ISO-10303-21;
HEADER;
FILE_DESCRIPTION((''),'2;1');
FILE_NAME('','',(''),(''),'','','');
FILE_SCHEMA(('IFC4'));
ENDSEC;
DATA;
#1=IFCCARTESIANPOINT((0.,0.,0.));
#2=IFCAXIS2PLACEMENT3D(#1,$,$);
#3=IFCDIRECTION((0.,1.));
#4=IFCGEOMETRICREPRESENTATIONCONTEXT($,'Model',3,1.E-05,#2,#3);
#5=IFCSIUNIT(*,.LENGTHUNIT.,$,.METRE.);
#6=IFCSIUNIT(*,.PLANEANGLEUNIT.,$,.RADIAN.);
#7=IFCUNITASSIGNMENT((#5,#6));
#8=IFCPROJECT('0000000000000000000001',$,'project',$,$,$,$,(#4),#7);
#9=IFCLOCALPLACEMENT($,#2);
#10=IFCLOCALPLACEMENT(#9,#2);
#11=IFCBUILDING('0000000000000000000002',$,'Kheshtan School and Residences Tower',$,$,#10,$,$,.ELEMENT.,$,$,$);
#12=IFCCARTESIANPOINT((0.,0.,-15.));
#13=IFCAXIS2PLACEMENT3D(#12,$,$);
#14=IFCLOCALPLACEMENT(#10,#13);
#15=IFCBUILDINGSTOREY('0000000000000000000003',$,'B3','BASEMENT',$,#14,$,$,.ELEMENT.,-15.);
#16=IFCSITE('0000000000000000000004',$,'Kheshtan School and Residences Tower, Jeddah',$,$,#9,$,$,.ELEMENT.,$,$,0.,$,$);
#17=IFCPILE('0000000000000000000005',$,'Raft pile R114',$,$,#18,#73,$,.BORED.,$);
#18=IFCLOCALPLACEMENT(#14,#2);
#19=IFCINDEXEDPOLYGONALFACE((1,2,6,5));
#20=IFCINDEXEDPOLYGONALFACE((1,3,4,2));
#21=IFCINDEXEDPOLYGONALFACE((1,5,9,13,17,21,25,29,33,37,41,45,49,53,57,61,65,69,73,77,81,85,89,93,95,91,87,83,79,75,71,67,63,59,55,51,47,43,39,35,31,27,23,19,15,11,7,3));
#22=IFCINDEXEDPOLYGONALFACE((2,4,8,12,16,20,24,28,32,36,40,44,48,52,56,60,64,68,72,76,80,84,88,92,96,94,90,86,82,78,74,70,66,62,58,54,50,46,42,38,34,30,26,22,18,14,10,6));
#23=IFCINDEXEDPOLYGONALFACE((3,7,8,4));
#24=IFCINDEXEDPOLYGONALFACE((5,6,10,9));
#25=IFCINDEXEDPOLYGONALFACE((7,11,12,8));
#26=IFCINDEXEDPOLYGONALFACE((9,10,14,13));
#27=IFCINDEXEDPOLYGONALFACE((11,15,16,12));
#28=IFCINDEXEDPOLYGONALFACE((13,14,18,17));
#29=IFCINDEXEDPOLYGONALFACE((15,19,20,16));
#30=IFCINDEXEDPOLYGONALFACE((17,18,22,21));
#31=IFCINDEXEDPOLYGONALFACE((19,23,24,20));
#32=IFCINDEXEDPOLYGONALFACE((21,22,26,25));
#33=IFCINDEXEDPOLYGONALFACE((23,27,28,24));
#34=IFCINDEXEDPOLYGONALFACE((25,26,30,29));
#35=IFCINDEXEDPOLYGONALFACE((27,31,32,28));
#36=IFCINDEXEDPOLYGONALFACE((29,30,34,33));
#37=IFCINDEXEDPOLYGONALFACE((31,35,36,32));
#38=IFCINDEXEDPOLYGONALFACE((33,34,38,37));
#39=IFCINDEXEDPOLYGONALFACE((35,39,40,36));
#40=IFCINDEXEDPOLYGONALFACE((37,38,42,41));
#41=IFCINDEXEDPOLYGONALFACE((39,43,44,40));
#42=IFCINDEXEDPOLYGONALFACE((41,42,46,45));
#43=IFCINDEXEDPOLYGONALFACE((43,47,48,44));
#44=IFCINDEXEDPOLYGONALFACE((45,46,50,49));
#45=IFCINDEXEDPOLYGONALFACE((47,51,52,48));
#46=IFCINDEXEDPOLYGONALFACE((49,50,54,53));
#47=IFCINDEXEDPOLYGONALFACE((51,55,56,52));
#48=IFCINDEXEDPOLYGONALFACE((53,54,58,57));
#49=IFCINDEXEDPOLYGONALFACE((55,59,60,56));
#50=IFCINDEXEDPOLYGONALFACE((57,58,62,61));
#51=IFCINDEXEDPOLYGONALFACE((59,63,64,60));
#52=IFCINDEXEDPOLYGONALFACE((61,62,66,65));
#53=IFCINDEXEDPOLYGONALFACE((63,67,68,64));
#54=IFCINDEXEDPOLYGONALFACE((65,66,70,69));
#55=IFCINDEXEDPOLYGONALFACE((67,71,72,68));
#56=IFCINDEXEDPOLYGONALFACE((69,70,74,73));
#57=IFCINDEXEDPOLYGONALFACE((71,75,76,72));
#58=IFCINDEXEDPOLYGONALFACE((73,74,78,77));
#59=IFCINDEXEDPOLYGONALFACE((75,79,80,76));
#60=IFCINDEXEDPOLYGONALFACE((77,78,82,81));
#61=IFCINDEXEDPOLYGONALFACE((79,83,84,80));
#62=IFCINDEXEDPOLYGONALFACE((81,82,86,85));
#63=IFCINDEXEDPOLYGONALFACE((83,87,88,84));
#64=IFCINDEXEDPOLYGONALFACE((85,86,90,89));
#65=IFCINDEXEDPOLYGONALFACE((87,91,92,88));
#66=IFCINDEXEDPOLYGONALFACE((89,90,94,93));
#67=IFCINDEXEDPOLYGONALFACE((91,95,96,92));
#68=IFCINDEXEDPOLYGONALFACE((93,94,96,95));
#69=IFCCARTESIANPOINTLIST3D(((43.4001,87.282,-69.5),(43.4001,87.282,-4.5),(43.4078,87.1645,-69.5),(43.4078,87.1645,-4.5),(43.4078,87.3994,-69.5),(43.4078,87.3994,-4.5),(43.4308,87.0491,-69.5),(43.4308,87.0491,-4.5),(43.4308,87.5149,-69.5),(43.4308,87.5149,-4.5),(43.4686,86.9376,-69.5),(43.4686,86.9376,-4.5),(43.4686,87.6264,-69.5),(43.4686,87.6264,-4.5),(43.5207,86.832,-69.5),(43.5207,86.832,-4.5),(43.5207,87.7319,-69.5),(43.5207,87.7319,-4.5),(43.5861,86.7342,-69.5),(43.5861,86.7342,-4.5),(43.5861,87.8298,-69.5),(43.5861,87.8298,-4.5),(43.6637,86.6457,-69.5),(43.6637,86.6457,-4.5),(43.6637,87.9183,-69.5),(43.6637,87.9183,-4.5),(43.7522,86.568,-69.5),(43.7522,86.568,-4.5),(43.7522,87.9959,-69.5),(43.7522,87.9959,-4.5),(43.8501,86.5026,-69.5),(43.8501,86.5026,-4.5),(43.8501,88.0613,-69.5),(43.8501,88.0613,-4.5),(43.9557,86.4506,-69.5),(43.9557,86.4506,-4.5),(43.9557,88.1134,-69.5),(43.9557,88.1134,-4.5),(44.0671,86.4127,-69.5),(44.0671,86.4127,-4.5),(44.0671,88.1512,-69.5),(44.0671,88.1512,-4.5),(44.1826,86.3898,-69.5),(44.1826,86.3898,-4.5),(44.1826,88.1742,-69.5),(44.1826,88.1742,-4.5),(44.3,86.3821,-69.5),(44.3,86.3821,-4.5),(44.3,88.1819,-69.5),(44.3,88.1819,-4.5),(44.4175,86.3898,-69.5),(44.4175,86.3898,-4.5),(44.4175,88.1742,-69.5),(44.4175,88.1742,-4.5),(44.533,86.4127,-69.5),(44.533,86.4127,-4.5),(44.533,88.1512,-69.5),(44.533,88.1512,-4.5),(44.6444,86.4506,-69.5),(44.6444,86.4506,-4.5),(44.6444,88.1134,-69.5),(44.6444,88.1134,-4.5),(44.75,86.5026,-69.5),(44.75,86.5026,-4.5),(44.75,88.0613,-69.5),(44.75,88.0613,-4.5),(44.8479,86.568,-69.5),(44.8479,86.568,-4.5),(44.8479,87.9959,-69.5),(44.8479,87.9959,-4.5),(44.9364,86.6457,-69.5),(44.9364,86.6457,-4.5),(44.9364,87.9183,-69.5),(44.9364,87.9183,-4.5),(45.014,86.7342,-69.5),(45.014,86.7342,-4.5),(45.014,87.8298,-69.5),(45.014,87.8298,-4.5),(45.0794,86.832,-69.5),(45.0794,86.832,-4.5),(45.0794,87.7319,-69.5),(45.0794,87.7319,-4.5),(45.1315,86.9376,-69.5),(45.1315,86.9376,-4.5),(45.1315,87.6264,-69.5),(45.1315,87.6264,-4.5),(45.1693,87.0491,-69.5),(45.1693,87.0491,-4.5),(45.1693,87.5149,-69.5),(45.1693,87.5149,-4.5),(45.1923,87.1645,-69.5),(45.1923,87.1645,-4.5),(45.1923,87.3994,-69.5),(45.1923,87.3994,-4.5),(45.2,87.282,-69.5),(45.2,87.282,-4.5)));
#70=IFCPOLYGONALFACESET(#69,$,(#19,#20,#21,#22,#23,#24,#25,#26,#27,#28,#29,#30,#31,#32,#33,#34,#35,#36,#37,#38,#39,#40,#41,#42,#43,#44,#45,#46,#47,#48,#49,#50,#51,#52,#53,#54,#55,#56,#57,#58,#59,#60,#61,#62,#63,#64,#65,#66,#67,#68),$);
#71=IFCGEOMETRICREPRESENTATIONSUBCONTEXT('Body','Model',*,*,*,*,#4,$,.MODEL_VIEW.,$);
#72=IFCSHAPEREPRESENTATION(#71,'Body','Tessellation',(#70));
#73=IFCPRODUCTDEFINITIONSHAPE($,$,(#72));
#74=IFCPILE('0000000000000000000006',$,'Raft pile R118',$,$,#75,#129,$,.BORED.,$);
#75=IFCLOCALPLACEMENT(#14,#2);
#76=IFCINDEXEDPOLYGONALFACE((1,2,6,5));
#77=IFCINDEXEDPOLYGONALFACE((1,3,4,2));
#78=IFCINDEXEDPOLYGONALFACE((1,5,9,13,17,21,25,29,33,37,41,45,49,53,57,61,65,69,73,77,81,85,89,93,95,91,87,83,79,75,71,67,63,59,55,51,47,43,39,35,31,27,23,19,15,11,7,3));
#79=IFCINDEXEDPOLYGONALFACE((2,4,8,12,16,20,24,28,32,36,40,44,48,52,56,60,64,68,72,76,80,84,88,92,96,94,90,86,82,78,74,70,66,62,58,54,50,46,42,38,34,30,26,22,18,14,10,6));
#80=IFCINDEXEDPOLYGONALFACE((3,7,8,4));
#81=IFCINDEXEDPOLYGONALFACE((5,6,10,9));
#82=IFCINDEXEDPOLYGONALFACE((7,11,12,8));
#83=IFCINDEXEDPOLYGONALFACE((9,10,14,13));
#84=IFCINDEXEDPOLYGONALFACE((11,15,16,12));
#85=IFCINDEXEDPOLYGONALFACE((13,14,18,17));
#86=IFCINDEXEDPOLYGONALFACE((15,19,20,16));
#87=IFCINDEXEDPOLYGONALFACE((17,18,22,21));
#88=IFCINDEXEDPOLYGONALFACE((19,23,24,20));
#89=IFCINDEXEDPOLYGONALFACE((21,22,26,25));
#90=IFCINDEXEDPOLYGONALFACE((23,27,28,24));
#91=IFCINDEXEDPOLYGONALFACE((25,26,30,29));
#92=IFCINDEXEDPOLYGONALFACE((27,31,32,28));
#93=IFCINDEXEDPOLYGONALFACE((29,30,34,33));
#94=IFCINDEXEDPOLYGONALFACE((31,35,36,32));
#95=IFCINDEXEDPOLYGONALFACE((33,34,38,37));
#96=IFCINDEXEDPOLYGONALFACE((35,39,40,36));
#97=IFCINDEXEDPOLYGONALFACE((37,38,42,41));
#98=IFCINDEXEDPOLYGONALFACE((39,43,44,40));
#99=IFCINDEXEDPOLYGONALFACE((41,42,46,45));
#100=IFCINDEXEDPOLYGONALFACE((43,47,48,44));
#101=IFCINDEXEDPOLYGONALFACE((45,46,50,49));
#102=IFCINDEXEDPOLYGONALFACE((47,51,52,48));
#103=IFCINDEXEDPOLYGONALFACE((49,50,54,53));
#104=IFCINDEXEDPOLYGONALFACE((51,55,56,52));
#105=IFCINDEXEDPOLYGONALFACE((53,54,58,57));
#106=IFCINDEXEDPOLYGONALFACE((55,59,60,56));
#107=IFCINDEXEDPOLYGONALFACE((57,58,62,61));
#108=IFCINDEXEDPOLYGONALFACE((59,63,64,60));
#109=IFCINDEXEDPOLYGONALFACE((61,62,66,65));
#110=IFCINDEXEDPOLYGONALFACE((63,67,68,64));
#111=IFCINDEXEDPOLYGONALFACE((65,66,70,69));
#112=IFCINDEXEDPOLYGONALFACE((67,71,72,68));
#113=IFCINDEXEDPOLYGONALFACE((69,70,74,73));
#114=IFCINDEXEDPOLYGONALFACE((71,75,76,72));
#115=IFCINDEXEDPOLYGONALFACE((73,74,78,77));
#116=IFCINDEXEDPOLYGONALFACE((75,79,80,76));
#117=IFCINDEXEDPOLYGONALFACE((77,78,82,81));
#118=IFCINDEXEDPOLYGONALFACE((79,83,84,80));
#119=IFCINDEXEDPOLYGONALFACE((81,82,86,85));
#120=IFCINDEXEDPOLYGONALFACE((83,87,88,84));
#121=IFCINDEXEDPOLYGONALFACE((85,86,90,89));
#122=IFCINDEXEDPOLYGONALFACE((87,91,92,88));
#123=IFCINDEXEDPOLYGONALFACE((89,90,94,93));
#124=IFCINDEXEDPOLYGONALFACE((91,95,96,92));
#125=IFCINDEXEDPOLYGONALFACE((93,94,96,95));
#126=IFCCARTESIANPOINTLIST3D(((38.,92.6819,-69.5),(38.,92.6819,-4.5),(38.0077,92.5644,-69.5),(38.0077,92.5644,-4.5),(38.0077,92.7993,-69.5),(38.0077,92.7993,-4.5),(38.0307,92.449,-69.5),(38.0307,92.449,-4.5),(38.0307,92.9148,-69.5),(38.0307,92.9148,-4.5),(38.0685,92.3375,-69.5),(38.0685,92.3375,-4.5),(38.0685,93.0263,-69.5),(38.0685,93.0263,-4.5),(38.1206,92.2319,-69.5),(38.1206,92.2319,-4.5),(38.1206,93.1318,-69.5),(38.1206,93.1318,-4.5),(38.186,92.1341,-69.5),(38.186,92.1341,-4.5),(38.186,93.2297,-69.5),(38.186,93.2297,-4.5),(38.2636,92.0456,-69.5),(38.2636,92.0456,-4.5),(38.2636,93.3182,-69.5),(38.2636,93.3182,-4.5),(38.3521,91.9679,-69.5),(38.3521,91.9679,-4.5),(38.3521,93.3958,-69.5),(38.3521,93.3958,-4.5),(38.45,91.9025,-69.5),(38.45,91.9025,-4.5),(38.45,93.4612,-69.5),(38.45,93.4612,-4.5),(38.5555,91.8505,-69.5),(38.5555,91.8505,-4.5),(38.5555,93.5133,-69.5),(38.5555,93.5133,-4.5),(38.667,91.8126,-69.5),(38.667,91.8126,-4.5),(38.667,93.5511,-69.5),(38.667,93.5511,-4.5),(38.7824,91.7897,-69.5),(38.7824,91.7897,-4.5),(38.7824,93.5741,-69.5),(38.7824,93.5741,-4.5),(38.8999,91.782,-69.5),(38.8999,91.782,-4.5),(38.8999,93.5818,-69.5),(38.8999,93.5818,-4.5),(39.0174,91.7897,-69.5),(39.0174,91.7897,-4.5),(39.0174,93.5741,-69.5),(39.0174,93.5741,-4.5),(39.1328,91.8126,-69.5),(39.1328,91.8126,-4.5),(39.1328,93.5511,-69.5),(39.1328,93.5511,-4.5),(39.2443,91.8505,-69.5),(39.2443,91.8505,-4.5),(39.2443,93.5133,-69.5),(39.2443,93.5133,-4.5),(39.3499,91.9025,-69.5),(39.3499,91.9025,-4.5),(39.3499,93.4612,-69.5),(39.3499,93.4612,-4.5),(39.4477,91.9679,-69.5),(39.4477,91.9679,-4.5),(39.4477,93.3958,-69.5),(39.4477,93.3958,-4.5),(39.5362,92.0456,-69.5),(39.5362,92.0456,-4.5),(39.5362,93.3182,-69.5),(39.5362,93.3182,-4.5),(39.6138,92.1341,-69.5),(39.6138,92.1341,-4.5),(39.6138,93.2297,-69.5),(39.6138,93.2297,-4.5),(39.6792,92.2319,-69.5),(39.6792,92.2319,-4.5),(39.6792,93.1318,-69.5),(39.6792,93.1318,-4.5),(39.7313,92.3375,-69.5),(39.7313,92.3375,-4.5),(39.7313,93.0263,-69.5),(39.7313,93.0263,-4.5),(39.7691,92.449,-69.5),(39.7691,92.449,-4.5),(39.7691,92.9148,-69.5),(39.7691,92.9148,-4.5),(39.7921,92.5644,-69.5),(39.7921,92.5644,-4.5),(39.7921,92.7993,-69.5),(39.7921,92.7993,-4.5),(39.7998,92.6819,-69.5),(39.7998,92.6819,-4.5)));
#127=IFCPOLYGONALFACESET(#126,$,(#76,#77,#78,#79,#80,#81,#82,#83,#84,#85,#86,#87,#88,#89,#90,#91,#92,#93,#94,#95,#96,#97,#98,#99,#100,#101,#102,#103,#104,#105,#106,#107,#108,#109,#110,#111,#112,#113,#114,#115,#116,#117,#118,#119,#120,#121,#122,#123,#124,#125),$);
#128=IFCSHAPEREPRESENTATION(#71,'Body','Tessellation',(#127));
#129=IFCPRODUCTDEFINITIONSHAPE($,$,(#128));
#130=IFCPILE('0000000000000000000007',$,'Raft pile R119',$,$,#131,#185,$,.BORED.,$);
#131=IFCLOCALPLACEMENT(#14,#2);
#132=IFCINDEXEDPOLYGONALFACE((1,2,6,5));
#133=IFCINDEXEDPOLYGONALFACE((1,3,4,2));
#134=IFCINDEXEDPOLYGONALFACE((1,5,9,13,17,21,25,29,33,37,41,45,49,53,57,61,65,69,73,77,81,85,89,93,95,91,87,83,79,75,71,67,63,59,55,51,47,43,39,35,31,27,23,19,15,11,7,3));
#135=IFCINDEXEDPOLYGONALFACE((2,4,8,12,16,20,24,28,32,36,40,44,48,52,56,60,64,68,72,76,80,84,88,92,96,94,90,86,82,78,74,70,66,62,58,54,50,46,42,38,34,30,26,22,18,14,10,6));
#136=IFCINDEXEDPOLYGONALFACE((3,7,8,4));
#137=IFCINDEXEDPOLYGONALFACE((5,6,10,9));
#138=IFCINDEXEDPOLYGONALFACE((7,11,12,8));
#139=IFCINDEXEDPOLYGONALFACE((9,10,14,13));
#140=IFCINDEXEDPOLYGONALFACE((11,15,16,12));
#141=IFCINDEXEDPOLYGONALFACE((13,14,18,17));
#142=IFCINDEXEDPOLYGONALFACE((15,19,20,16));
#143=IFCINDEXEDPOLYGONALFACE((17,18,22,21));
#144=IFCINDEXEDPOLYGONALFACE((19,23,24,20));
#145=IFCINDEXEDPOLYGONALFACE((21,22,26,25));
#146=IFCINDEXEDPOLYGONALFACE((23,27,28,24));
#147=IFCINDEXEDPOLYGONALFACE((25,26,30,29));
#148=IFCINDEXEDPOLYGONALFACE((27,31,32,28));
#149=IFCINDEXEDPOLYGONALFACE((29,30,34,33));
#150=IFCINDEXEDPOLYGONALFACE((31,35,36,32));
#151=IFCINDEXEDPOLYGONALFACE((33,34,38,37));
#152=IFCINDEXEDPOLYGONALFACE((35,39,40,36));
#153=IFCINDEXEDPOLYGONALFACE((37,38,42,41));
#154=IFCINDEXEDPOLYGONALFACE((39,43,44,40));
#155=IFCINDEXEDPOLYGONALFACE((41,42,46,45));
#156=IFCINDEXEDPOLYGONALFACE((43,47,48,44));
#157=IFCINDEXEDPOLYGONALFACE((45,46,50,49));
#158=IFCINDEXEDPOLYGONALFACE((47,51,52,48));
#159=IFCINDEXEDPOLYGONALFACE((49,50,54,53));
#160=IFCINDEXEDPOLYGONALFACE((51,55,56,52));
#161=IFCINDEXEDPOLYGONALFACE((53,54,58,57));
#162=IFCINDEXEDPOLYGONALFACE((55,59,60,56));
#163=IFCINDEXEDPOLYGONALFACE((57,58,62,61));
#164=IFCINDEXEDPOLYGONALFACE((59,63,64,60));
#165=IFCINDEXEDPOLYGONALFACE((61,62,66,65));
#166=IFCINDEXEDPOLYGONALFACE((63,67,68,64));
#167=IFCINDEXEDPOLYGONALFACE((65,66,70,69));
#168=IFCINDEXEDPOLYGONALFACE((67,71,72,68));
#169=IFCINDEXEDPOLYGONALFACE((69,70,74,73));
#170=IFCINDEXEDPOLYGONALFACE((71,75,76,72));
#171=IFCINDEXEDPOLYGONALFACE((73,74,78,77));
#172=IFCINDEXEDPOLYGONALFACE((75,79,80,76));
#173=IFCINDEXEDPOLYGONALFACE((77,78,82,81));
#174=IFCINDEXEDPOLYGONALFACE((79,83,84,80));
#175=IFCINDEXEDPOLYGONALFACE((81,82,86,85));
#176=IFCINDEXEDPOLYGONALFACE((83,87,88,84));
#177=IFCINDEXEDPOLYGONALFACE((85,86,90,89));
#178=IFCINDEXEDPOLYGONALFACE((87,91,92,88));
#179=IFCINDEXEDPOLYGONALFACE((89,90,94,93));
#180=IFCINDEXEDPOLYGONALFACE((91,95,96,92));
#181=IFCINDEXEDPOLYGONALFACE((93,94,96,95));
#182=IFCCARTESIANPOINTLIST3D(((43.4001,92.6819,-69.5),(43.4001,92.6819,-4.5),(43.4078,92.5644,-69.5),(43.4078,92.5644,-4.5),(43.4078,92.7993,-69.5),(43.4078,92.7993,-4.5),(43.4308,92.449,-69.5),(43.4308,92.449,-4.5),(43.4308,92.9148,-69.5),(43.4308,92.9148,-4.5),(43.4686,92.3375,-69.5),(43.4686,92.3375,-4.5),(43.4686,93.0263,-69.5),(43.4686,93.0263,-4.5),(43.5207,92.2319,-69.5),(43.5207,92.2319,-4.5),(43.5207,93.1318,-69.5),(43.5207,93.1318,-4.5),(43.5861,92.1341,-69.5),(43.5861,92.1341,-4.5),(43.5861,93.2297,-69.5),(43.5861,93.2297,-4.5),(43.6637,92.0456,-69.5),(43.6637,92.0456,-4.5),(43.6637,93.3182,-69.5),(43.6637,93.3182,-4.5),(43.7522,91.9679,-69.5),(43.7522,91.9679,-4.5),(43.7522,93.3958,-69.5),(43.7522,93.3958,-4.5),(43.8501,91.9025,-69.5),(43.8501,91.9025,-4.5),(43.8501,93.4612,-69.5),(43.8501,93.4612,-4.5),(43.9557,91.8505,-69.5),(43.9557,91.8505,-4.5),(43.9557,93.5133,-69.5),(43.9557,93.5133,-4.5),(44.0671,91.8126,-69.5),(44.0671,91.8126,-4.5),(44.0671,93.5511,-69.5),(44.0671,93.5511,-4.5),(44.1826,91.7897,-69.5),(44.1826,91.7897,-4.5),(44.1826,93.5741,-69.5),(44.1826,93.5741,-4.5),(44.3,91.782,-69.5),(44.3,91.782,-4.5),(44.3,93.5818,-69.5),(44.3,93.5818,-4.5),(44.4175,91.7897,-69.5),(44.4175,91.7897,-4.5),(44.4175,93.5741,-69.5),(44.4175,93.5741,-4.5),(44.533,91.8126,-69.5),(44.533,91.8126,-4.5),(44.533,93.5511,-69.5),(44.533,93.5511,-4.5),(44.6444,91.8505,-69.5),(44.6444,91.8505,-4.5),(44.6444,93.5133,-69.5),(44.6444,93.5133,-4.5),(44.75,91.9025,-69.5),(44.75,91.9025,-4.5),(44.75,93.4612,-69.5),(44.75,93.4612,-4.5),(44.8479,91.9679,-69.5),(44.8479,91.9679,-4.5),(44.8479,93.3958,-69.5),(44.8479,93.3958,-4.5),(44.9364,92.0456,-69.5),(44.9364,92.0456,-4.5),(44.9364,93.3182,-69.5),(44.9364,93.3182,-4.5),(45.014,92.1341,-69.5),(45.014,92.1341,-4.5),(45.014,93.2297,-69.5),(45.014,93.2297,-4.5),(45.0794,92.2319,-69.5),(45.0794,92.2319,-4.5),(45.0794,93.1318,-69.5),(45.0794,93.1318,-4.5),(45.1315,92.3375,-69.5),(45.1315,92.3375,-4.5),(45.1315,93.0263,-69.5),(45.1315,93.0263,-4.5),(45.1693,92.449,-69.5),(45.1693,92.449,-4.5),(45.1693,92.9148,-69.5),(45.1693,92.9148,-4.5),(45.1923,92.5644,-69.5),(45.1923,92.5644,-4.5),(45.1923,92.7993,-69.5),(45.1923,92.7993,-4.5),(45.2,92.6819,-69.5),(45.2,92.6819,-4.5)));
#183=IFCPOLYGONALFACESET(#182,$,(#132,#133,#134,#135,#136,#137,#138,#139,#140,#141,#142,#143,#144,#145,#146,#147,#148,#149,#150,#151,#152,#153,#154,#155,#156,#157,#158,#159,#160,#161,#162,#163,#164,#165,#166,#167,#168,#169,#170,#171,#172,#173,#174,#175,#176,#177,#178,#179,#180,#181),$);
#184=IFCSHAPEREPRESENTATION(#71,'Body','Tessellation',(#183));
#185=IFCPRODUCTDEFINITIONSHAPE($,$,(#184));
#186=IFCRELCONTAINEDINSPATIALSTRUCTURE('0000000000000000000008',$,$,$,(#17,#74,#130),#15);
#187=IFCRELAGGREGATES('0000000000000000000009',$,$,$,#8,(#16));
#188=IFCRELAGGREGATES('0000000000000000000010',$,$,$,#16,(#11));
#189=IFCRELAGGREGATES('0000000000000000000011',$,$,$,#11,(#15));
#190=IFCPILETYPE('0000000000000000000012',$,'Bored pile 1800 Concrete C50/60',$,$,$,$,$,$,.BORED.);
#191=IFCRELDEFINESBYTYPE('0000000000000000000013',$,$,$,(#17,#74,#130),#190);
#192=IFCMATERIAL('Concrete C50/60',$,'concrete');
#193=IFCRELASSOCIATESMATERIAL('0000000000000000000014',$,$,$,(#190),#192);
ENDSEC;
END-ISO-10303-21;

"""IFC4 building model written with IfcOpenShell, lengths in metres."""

from ifc_helpers import new_model, si_unit, direction, frame, origin, origin_2d, place, context, subcontext, project, spatial, circle, extrude, material, material_profile, profile_set, type_object, element, save


model = new_model("IFC4")

# Units and contexts
model_context = context("Model", 3, precision=1e-05, world=origin(), true_north=direction((0.0, 1.0)))
body_context = subcontext(model_context, "Body", "Model", "MODEL_VIEW")
ifc_project = project(units=[si_unit("LENGTHUNIT", "METRE"), si_unit("PLANEANGLEUNIT", "RADIAN")], contexts=[model_context])

# Site, building, storey
site_placement = place(None, origin())
site = spatial("IfcSite", under=ifc_project, at=site_placement, Name="Kheshtan School and Residences Tower, Jeddah", CompositionType="ELEMENT", RefElevation=0.0)
building_placement = place(site_placement, origin())
building = spatial("IfcBuilding", under=site, at=building_placement, Name="Kheshtan School and Residences Tower", CompositionType="ELEMENT")
storey_placement = place(building_placement, frame((0.0, 0.0, -15.0)))
storey = spatial("IfcBuildingStorey", under=building, at=storey_placement, Name="B3", Description="BASEMENT", CompositionType="ELEMENT", Elevation=-15.0)

# Piles
ifc_material_1 = material(Name="Concrete C50/60", Category="concrete")
ifc_material_profile_1 = material_profile(ifc_material_1, circle(Radius=0.8999, at=origin_2d()), Name="BP 1800")
ifc_profile_set_1 = profile_set([ifc_material_profile_1], Name="Concrete C50/60")
pile_type = type_object("IfcPileType", Name="Bored pile 1800 Concrete C50/60", PredefinedType="BORED", material=ifc_profile_set_1)
for number, where, z_axis, x_axis, name in (
    (1, (44.3, 87.282, -4.5), (0.0, 0.0, -1.0), (1.0, 0.0, 0.0), "Raft pile R114"),
    (2, (38.8999, 92.6819, -4.5), (0.0, 0.0, -1.0), (1.0, 0.0, 0.0), "Raft pile R118"),
    (3, (44.3, 92.6819, -4.5), (0.0, 0.0, -1.0), (1.0, 0.0, 0.0), "Raft pile R119"),
):
    element("IfcPile", number, at=place(storey_placement, frame(where, z_axis=z_axis, x_axis=x_axis)), inside=storey, type_object=pile_type, Name=name, PredefinedType="BORED", context=body_context, shape_type="SweptSolid", body=[
        extrude(circle(Radius=0.8999, at=origin_2d()), origin(), (0.0, 0.0, 1.0), 65.0),
    ])

save(model, "model.ifc")
